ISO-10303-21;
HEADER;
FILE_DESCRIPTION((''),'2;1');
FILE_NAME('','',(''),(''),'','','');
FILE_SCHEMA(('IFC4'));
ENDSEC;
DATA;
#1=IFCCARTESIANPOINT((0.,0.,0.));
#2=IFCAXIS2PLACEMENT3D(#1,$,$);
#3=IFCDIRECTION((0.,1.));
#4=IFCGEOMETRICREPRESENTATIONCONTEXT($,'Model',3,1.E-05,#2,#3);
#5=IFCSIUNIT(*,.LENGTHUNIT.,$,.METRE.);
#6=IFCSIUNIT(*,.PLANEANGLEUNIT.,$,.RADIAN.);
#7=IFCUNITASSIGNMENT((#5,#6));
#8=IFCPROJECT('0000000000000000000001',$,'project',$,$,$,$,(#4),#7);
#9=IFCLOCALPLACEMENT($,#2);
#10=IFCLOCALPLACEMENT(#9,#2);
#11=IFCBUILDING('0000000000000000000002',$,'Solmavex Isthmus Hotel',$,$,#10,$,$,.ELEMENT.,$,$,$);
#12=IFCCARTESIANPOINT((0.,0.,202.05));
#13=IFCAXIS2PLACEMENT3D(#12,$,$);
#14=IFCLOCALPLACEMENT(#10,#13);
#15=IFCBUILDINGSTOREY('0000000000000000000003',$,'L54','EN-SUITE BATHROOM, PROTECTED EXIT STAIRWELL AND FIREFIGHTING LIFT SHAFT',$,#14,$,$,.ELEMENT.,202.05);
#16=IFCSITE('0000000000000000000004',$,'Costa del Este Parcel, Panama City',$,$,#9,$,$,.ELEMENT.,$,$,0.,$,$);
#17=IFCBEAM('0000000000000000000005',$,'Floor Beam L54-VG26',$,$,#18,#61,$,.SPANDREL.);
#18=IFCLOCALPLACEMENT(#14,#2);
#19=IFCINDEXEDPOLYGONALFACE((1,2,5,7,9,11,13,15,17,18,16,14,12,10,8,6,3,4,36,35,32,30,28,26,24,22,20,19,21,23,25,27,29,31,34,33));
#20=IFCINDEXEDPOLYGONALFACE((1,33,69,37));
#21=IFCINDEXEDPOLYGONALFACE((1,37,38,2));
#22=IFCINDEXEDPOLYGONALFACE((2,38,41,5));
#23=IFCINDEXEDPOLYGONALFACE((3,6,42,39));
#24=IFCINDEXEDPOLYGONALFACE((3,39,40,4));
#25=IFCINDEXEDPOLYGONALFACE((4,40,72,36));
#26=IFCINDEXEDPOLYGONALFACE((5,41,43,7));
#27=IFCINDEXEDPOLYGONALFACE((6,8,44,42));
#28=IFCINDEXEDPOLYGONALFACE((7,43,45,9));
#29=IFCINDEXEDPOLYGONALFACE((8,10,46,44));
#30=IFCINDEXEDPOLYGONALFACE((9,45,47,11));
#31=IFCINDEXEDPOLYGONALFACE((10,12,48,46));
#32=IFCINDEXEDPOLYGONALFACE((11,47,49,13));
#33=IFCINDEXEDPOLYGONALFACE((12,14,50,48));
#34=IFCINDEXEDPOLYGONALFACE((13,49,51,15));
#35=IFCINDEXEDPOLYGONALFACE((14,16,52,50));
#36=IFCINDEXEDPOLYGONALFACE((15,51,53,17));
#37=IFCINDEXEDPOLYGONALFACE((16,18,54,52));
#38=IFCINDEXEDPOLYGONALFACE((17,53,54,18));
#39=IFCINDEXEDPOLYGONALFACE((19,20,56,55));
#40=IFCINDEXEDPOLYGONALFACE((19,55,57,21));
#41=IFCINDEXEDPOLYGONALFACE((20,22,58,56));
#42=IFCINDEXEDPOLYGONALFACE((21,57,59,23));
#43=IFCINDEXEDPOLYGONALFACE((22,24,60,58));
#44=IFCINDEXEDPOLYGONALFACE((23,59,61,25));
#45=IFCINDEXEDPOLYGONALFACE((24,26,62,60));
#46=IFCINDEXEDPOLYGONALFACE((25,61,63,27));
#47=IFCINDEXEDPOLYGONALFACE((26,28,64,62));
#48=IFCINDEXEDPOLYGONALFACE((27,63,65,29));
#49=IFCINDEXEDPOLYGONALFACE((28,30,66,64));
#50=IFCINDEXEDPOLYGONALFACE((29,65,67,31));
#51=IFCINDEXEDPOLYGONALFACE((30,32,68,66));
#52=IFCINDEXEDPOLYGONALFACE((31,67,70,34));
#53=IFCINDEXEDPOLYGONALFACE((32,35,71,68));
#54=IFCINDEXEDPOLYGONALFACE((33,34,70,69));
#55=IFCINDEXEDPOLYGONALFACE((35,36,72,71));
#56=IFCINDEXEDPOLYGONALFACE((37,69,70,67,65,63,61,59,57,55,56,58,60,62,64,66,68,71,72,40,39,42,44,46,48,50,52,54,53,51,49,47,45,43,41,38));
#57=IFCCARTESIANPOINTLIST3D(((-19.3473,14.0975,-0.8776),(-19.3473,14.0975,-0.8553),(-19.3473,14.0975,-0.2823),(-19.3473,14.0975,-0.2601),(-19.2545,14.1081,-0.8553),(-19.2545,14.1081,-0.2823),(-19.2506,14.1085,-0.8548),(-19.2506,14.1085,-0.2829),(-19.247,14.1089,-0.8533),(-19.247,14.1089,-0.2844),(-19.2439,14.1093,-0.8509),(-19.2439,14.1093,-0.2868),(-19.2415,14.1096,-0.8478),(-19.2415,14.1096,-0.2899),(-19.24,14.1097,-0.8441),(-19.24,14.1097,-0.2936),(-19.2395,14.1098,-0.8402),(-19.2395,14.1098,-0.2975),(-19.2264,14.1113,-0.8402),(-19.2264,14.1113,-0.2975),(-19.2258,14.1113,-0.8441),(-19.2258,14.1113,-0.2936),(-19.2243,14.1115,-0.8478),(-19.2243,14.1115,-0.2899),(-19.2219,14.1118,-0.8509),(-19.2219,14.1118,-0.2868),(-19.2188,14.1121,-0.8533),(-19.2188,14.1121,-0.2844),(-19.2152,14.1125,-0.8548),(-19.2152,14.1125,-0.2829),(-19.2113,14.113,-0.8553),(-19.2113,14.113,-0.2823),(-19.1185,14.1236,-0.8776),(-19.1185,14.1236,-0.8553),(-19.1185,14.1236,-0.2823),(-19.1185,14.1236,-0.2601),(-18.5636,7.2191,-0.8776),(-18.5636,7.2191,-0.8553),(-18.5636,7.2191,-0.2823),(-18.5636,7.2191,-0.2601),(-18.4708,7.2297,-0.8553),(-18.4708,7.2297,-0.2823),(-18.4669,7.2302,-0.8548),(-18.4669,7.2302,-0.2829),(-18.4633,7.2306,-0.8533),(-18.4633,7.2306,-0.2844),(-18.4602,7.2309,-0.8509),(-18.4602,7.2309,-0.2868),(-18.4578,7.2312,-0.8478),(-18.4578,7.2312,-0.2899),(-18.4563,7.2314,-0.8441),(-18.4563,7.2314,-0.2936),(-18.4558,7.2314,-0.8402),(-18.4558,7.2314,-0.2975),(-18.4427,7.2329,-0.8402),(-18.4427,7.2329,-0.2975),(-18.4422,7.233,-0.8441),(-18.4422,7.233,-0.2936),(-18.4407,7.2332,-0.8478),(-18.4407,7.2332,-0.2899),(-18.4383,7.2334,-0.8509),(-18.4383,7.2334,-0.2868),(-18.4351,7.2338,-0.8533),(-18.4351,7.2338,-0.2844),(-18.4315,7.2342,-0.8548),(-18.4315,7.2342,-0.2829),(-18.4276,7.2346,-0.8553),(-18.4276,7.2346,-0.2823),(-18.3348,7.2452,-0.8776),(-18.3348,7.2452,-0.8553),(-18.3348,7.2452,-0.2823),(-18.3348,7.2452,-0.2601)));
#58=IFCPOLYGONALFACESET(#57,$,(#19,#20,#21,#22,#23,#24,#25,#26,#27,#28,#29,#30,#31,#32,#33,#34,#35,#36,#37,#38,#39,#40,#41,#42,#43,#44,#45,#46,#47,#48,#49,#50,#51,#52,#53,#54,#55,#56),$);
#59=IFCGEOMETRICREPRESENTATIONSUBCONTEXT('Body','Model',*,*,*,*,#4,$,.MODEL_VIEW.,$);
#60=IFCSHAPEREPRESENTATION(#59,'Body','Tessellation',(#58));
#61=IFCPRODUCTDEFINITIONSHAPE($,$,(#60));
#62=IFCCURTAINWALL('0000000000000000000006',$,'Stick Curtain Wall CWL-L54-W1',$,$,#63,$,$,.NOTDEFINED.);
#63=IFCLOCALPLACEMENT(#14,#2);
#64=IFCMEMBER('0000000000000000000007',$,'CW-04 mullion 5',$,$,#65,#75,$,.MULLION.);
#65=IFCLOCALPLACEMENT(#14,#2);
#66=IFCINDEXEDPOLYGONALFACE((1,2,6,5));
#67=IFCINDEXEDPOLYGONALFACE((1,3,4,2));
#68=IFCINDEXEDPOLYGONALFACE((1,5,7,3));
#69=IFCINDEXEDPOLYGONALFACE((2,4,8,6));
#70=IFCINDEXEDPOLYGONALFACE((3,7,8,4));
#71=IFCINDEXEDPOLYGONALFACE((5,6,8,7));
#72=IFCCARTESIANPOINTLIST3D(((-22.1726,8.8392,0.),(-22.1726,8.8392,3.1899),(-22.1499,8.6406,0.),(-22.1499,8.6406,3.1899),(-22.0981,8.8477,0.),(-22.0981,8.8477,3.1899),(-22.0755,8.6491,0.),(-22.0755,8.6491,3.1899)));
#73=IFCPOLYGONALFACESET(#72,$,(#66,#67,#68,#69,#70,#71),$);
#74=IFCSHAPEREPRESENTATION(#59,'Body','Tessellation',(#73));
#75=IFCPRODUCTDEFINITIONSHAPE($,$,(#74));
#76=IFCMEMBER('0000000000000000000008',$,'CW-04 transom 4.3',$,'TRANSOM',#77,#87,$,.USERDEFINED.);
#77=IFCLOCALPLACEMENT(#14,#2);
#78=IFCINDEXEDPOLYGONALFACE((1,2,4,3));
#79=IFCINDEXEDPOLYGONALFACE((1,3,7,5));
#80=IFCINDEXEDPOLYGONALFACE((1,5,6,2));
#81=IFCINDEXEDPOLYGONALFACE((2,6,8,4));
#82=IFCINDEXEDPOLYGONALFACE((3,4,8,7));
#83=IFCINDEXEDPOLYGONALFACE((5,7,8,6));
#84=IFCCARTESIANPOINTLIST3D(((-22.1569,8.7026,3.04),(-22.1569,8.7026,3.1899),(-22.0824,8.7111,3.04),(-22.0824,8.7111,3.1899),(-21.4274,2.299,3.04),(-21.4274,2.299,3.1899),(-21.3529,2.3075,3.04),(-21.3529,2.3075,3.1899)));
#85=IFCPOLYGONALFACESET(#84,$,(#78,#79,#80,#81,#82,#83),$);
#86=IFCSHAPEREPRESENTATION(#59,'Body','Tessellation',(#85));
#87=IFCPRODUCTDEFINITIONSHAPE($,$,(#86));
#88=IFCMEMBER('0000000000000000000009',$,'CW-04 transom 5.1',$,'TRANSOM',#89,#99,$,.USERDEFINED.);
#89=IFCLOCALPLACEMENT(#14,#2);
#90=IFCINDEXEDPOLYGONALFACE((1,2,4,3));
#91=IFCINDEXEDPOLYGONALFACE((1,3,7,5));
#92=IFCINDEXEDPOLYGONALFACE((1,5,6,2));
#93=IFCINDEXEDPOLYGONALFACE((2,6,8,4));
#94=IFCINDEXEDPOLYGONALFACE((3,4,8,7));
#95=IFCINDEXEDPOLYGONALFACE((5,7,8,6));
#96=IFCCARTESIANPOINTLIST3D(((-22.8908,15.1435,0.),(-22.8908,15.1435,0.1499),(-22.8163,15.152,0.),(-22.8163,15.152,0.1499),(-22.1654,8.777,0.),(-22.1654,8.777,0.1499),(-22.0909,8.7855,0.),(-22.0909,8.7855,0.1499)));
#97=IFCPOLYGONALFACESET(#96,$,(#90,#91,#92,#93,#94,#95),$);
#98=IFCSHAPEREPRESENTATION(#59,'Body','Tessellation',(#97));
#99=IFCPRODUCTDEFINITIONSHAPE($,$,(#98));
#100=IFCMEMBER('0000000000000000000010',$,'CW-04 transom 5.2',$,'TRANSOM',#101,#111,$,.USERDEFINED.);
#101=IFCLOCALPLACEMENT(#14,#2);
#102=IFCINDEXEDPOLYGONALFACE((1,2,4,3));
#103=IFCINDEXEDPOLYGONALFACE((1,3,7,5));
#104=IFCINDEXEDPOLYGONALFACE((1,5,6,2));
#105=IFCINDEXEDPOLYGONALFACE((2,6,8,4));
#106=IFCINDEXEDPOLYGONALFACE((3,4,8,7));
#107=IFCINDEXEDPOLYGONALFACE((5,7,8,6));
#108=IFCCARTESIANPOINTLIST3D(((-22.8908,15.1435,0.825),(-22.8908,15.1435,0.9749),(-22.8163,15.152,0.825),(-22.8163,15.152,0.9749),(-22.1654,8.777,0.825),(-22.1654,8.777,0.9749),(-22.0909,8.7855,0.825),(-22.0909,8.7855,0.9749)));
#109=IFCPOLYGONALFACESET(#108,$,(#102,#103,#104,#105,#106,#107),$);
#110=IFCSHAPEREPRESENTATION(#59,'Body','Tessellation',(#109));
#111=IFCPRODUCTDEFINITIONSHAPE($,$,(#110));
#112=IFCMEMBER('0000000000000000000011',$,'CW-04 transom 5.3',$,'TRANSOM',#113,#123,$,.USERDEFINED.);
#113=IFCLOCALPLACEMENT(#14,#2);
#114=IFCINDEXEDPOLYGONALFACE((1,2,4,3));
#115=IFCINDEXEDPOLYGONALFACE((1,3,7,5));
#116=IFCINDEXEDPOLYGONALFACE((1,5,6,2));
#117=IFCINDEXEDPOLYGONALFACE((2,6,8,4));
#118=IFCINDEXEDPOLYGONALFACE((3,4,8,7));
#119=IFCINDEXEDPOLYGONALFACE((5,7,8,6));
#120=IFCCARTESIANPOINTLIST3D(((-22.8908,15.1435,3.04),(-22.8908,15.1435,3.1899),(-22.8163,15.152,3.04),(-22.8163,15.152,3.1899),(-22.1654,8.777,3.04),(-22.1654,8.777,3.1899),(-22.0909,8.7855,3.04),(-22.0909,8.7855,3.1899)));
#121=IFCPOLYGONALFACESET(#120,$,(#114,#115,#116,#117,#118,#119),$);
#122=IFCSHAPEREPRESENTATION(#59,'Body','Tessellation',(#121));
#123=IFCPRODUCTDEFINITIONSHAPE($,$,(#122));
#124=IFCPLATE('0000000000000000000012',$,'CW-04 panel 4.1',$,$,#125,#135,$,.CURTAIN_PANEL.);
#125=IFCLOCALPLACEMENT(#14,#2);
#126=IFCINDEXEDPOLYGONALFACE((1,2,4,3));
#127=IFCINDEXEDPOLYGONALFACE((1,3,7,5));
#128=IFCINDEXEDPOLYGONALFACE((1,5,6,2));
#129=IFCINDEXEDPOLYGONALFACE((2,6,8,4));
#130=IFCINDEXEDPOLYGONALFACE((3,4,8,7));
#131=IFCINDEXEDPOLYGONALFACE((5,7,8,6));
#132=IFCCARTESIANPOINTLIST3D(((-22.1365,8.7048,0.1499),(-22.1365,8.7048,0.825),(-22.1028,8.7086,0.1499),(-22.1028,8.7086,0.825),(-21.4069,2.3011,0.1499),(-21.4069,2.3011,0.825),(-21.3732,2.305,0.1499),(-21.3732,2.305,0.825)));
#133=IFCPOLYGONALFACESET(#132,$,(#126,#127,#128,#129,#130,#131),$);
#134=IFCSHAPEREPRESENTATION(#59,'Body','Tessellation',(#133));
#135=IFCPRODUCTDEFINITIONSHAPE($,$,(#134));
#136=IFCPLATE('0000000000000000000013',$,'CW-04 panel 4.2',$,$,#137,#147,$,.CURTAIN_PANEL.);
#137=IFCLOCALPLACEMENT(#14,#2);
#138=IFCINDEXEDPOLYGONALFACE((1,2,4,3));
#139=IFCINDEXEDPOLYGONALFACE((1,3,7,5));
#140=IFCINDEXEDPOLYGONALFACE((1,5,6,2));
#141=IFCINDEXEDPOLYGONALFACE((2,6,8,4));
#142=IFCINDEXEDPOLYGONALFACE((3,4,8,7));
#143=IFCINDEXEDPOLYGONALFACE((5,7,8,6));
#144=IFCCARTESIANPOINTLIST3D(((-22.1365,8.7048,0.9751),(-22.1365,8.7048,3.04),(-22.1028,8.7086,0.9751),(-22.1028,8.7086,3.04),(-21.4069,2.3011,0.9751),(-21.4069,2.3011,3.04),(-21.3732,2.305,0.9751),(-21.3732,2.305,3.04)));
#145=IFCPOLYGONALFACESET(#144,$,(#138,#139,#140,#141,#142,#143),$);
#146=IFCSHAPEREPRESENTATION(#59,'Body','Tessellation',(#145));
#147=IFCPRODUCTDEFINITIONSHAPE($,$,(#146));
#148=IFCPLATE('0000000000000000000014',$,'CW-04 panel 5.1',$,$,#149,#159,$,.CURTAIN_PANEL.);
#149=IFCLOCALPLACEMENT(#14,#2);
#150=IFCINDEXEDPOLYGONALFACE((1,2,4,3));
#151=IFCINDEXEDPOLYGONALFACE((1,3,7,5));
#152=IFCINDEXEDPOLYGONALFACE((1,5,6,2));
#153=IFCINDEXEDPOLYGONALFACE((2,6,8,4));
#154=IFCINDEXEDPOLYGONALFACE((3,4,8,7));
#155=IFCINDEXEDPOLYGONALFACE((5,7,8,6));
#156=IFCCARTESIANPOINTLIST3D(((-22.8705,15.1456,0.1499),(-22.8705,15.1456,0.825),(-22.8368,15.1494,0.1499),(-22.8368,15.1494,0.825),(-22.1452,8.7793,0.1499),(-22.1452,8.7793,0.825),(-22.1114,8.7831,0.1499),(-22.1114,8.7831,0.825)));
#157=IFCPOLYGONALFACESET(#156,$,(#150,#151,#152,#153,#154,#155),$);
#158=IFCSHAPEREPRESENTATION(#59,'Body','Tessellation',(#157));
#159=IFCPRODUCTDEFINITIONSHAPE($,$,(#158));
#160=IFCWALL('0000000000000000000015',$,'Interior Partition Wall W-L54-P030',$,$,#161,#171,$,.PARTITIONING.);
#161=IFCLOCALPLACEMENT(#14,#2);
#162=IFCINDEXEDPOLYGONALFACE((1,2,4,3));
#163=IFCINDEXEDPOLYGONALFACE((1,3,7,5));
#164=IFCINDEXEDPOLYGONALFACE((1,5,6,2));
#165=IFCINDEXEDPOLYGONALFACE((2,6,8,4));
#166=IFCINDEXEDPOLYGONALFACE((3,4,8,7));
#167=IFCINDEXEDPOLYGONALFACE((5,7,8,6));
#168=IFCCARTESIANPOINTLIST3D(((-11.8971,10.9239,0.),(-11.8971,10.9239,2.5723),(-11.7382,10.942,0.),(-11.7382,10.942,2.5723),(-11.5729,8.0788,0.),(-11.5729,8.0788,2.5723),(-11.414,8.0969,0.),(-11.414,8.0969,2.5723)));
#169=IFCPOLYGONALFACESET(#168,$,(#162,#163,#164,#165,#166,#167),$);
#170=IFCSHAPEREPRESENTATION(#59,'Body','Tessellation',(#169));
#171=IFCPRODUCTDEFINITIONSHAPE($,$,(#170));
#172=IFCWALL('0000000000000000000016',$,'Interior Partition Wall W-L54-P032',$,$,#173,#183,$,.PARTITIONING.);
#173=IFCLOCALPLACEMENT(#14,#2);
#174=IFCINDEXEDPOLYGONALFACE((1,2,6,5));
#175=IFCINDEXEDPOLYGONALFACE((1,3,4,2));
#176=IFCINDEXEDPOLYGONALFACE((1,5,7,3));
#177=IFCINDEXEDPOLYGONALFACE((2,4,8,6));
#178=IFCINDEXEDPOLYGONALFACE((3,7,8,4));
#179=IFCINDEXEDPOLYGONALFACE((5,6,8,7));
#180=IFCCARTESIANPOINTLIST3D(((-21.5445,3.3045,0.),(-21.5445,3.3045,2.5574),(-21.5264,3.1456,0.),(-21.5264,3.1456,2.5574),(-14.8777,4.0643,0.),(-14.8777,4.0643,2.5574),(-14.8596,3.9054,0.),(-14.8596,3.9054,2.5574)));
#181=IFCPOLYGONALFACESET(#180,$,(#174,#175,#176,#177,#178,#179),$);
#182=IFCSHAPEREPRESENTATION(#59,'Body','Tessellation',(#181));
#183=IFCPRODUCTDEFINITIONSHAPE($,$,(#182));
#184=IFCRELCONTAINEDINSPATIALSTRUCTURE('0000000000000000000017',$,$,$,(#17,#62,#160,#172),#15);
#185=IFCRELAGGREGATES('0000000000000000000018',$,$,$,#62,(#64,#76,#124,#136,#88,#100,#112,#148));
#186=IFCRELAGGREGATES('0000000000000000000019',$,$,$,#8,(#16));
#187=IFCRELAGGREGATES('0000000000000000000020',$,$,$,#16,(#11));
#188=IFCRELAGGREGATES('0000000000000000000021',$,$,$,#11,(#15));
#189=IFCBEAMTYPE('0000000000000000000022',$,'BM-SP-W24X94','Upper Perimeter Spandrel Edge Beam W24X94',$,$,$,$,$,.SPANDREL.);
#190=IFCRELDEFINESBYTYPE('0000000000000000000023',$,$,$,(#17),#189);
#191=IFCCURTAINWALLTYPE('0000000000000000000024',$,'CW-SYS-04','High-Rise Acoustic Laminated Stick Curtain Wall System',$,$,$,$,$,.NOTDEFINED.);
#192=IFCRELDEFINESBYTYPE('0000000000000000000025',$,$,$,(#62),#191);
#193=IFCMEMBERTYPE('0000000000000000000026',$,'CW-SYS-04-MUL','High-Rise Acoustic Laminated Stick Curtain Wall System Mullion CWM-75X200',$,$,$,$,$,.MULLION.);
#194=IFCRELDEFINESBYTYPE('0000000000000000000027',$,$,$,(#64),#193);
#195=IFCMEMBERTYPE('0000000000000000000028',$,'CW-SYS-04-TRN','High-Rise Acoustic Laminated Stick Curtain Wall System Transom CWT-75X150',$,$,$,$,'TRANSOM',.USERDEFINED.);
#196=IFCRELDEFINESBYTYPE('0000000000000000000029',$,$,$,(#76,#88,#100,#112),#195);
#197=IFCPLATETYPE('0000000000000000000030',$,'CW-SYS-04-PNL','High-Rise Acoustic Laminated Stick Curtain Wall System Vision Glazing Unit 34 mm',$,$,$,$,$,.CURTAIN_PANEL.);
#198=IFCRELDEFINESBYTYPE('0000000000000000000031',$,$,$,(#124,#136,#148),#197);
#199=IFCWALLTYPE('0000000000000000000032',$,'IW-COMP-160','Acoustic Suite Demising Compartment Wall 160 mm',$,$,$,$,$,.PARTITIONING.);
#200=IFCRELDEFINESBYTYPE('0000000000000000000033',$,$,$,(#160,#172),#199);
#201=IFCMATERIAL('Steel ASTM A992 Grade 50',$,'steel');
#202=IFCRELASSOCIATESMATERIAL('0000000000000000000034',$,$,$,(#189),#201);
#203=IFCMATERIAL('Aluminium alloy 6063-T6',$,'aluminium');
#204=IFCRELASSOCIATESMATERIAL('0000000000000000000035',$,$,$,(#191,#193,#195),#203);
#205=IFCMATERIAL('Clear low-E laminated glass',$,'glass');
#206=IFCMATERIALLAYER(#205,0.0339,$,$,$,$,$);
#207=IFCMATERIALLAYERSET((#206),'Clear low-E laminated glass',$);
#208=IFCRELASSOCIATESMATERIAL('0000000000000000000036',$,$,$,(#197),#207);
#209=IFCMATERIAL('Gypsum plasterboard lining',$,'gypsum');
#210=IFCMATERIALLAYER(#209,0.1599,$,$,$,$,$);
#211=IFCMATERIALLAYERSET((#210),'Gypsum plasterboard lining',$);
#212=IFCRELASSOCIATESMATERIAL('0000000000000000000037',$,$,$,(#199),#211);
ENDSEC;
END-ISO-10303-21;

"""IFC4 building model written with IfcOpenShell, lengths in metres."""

from ifc_helpers import new_model, si_unit, direction, frame, frame_2d, origin, origin_2d, place, context, subcontext, project, spatial, rectangle, i_section, extrude, material, layer, layer_set, material_profile, profile_set, type_object, element, aggregate, save


model = new_model("IFC4")

# Units and contexts
model_context = context("Model", 3, precision=1e-05, world=origin(), true_north=direction((0.0, 1.0)))
body_context = subcontext(model_context, "Body", "Model", "MODEL_VIEW")
ifc_project = project(units=[si_unit("LENGTHUNIT", "METRE"), si_unit("PLANEANGLEUNIT", "RADIAN")], contexts=[model_context])

# Site, building, storey
site_placement = place(None, origin())
site = spatial("IfcSite", under=ifc_project, at=site_placement, Name="Costa del Este Parcel, Panama City", CompositionType="ELEMENT", RefElevation=0.0)
building_placement = place(site_placement, origin())
building = spatial("IfcBuilding", under=site, at=building_placement, Name="Solmavex Isthmus Hotel", CompositionType="ELEMENT")
storey_placement = place(building_placement, frame((0.0, 0.0, 202.05)))
storey = spatial("IfcBuildingStorey", under=building, at=storey_placement, Name="L54", Description="EN-SUITE BATHROOM, PROTECTED EXIT STAIRWELL AND FIREFIGHTING LIFT SHAFT", CompositionType="ELEMENT", Elevation=202.05)

# Beam
ifc_material_1 = material(Name="Steel ASTM A992 Grade 50", Category="steel")
ifc_material_profile_1 = material_profile(ifc_material_1, i_section(OverallWidth=0.2302, OverallDepth=0.6174, WebThickness=0.0132, FlangeThickness=0.0222, FilletRadius=0.0151, at=origin_2d()), Name="W24X94")
ifc_profile_set_1 = profile_set([ifc_material_profile_1], Name="Steel ASTM A992 Grade 50")
beam_type_1 = type_object("IfcBeamType", Name="BM-SP-W24X94", Description="Upper Perimeter Spandrel Edge Beam W24X94", PredefinedType="SPANDREL", material=ifc_profile_set_1)
beam_1_placement = place(storey_placement, frame((-18.4492, 7.2322, -0.5688), z_axis=(-0.113202, 0.993572, 0.0), x_axis=(-0.993572, -0.113202, 0.0)))
element("IfcBeam", 1, at=beam_1_placement, inside=storey, type_object=beam_type_1, Name="Floor Beam L54-VG26", PredefinedType="SPANDREL", context=body_context, shape_type="SweptSolid", body=[
    extrude(i_section(OverallWidth=0.2302, OverallDepth=0.6174, WebThickness=0.0132, FlangeThickness=0.0222, FilletRadius=0.0151, at=origin_2d()), origin(), (0.0, 0.0, 1.0), 6.9229),
])

# Curtain wall, members, plates
ifc_material_2 = material(Name="Aluminium alloy 6063-T6", Category="aluminium")
curtain_wall_type = type_object("IfcCurtainWallType", Name="CW-SYS-04", Description="High-Rise Acoustic Laminated Stick Curtain Wall System", PredefinedType="NOTDEFINED", material=ifc_material_2)
curtain_wall_placement = place(storey_placement, origin())
curtain_wall = element("IfcCurtainWall", 2, at=curtain_wall_placement, inside=storey, type_object=curtain_wall_type, Name="Stick Curtain Wall CWL-L54-W1", PredefinedType="NOTDEFINED")
ifc_material_profile_2 = material_profile(ifc_material_2, rectangle(XDim=0.075, YDim=0.2, at=origin_2d()), Name="CWM-75X200")
ifc_profile_set_2 = profile_set([ifc_material_profile_2], Name="Aluminium alloy 6063-T6")
member_type_1 = type_object("IfcMemberType", Name="CW-SYS-04-MUL", Description="High-Rise Acoustic Laminated Stick Curtain Wall System Mullion CWM-75X200", PredefinedType="MULLION", material=ifc_profile_set_2)
member_1_placement = place(storey_placement, frame((-22.124, 8.7441, 0.0), z_axis=(0.0, 0.0, 1.0), x_axis=(-0.993572, -0.113203, 0.0)))
member_1 = element("IfcMember", 3, at=member_1_placement, type_object=member_type_1, Name="CW-04 mullion 5", PredefinedType="MULLION", context=body_context, shape_type="SweptSolid", body=[
    extrude(rectangle(XDim=0.075, YDim=0.2, at=origin_2d()), origin(), (0.0, 0.0, 1.0), 3.1899),
])
ifc_material_profile_3 = material_profile(ifc_material_2, rectangle(XDim=0.075, YDim=0.1499, at=origin_2d()), Name="CWT-75X150")
ifc_profile_set_3 = profile_set([ifc_material_profile_3], Name="Aluminium alloy 6063-T6")
member_type_2 = type_object("IfcMemberType", Name="CW-SYS-04-TRN", Description="High-Rise Acoustic Laminated Stick Curtain Wall System Transom CWT-75X150", ElementType="TRANSOM", PredefinedType="USERDEFINED", material=ifc_profile_set_3)
member_2_placement = place(storey_placement, frame((-21.3901, 2.3032, 3.115), z_axis=(-0.113188, 0.993574, 0.0), x_axis=(-0.993574, -0.113188, 0.0)))
member_2 = element("IfcMember", 4, at=member_2_placement, type_object=member_type_2, Name="CW-04 transom 4.3", ObjectType="TRANSOM", PredefinedType="USERDEFINED", context=body_context, shape_type="SweptSolid", body=[
    extrude(rectangle(XDim=0.075, YDim=0.1499, at=origin_2d()), origin(), (0.0, 0.0, 1.0), 6.4451),
])
member_3_placement = place(storey_placement, frame((-22.1282, 8.7812, 0.075), z_axis=(-0.113199, 0.993572, 0.0), x_axis=(-0.993572, -0.113199, 0.0)))
member_3 = element("IfcMember", 5, at=member_3_placement, type_object=member_type_2, Name="CW-04 transom 5.1", ObjectType="TRANSOM", PredefinedType="USERDEFINED", context=body_context, shape_type="SweptSolid", body=[
    extrude(rectangle(XDim=0.075, YDim=0.1499, at=origin_2d()), origin(), (0.0, 0.0, 1.0), 6.4077),
])
member_4_placement = place(storey_placement, frame((-22.1282, 8.7812, 0.8999), z_axis=(-0.113199, 0.993572, 0.0), x_axis=(-0.993572, -0.113199, 0.0)))
member_4 = element("IfcMember", 6, at=member_4_placement, type_object=member_type_2, Name="CW-04 transom 5.2", ObjectType="TRANSOM", PredefinedType="USERDEFINED", context=body_context, shape_type="SweptSolid", body=[
    extrude(rectangle(XDim=0.075, YDim=0.1499, at=origin_2d()), origin(), (0.0, 0.0, 1.0), 6.4077),
])
member_5_placement = place(storey_placement, frame((-22.1282, 8.7812, 3.115), z_axis=(-0.113199, 0.993572, 0.0), x_axis=(-0.993572, -0.113199, 0.0)))
member_5 = element("IfcMember", 7, at=member_5_placement, type_object=member_type_2, Name="CW-04 transom 5.3", ObjectType="TRANSOM", PredefinedType="USERDEFINED", context=body_context, shape_type="SweptSolid", body=[
    extrude(rectangle(XDim=0.075, YDim=0.1499, at=origin_2d()), origin(), (0.0, 0.0, 1.0), 6.4077),
])
ifc_material_3 = material(Name="Clear low-E laminated glass", Category="glass")
ifc_layer_1 = layer(ifc_material_3, 0.0339)
ifc_layer_set_1 = layer_set([ifc_layer_1], Name="Clear low-E laminated glass")
plate_type = type_object("IfcPlateType", Name="CW-SYS-04-PNL", Description="High-Rise Acoustic Laminated Stick Curtain Wall System Vision Glazing Unit 34 mm", PredefinedType="CURTAIN_PANEL", material=ifc_layer_set_1)
plate_1_placement = place(storey_placement, frame((-21.7549, 5.5049, 0.1499), z_axis=(0.0, 0.0, 1.0), x_axis=(-0.113203, 0.993572, 0.0)))
plate_1 = element("IfcPlate", 8, at=plate_1_placement, type_object=plate_type, Name="CW-04 panel 4.1", PredefinedType="CURTAIN_PANEL", context=body_context, shape_type="SweptSolid", body=[
    extrude(rectangle(XDim=6.4451, YDim=0.0339, at=origin_2d()), origin(), (0.0, 0.0, 1.0), 0.675),
])
plate_2_placement = place(storey_placement, frame((-21.7549, 5.5049, 0.9751), z_axis=(0.0, 0.0, 1.0), x_axis=(-0.113203, 0.993572, 0.0)))
plate_2 = element("IfcPlate", 9, at=plate_2_placement, type_object=plate_type, Name="CW-04 panel 4.2", PredefinedType="CURTAIN_PANEL", context=body_context, shape_type="SweptSolid", body=[
    extrude(rectangle(XDim=6.4451, YDim=0.0339, at=origin_2d()), origin(), (0.0, 0.0, 1.0), 2.0649),
])
plate_3_placement = place(storey_placement, frame((-22.491, 11.9644, 0.1499), z_axis=(0.0, 0.0, 1.0), x_axis=(-0.113203, 0.993572, 0.0)))
plate_3 = element("IfcPlate", 10, at=plate_3_placement, type_object=plate_type, Name="CW-04 panel 5.1", PredefinedType="CURTAIN_PANEL", context=body_context, shape_type="SweptSolid", body=[
    extrude(rectangle(XDim=6.4075, YDim=0.0339, at=origin_2d()), origin(), (0.0, 0.0, 1.0), 0.675),
])
aggregate(curtain_wall, [member_1, member_2, plate_1, plate_2, member_3, member_4, member_5, plate_3])

# Shared definitions
ifc_material_4 = material(Name="Gypsum plasterboard lining", Category="gypsum")
ifc_layer_2 = layer(ifc_material_4, 0.1599)
ifc_layer_set_2 = layer_set([ifc_layer_2], Name="Gypsum plasterboard lining")
wall_type_1 = type_object("IfcWallType", Name="IW-COMP-160", Description="Acoustic Suite Demising Compartment Wall 160 mm", PredefinedType="PARTITIONING", material=ifc_layer_set_2)

# Walls
wall_1_placement = place(storey_placement, frame((-11.8176, 10.9329, 0.0), z_axis=(0.0, 0.0, 1.0), x_axis=(0.11322, -0.99357, 0.0)))
element("IfcWall", 11, at=wall_1_placement, inside=storey, type_object=wall_type_1, Name="Interior Partition Wall W-L54-P030", PredefinedType="PARTITIONING", context=body_context, shape_type="SweptSolid", body=[
    extrude(rectangle(XDim=2.8635, YDim=0.1599, at=frame_2d((1.4316, 0.0))), origin(), (0.0, 0.0, 1.0), 2.5723),
])
wall_2_placement = place(storey_placement, frame((-14.8687, 3.9849, 0.0), z_axis=(0.0, 0.0, 1.0), x_axis=(-0.993569, -0.113231, 0.0)))
element("IfcWall", 12, at=wall_2_placement, inside=storey, type_object=wall_type_1, Name="Interior Partition Wall W-L54-P032", PredefinedType="PARTITIONING", context=body_context, shape_type="SweptSolid", body=[
    extrude(rectangle(XDim=6.71, YDim=0.1599, at=frame_2d((3.355, 0.0))), origin(), (0.0, 0.0, 1.0), 2.5574),
])

save(model, "model.ifc")
